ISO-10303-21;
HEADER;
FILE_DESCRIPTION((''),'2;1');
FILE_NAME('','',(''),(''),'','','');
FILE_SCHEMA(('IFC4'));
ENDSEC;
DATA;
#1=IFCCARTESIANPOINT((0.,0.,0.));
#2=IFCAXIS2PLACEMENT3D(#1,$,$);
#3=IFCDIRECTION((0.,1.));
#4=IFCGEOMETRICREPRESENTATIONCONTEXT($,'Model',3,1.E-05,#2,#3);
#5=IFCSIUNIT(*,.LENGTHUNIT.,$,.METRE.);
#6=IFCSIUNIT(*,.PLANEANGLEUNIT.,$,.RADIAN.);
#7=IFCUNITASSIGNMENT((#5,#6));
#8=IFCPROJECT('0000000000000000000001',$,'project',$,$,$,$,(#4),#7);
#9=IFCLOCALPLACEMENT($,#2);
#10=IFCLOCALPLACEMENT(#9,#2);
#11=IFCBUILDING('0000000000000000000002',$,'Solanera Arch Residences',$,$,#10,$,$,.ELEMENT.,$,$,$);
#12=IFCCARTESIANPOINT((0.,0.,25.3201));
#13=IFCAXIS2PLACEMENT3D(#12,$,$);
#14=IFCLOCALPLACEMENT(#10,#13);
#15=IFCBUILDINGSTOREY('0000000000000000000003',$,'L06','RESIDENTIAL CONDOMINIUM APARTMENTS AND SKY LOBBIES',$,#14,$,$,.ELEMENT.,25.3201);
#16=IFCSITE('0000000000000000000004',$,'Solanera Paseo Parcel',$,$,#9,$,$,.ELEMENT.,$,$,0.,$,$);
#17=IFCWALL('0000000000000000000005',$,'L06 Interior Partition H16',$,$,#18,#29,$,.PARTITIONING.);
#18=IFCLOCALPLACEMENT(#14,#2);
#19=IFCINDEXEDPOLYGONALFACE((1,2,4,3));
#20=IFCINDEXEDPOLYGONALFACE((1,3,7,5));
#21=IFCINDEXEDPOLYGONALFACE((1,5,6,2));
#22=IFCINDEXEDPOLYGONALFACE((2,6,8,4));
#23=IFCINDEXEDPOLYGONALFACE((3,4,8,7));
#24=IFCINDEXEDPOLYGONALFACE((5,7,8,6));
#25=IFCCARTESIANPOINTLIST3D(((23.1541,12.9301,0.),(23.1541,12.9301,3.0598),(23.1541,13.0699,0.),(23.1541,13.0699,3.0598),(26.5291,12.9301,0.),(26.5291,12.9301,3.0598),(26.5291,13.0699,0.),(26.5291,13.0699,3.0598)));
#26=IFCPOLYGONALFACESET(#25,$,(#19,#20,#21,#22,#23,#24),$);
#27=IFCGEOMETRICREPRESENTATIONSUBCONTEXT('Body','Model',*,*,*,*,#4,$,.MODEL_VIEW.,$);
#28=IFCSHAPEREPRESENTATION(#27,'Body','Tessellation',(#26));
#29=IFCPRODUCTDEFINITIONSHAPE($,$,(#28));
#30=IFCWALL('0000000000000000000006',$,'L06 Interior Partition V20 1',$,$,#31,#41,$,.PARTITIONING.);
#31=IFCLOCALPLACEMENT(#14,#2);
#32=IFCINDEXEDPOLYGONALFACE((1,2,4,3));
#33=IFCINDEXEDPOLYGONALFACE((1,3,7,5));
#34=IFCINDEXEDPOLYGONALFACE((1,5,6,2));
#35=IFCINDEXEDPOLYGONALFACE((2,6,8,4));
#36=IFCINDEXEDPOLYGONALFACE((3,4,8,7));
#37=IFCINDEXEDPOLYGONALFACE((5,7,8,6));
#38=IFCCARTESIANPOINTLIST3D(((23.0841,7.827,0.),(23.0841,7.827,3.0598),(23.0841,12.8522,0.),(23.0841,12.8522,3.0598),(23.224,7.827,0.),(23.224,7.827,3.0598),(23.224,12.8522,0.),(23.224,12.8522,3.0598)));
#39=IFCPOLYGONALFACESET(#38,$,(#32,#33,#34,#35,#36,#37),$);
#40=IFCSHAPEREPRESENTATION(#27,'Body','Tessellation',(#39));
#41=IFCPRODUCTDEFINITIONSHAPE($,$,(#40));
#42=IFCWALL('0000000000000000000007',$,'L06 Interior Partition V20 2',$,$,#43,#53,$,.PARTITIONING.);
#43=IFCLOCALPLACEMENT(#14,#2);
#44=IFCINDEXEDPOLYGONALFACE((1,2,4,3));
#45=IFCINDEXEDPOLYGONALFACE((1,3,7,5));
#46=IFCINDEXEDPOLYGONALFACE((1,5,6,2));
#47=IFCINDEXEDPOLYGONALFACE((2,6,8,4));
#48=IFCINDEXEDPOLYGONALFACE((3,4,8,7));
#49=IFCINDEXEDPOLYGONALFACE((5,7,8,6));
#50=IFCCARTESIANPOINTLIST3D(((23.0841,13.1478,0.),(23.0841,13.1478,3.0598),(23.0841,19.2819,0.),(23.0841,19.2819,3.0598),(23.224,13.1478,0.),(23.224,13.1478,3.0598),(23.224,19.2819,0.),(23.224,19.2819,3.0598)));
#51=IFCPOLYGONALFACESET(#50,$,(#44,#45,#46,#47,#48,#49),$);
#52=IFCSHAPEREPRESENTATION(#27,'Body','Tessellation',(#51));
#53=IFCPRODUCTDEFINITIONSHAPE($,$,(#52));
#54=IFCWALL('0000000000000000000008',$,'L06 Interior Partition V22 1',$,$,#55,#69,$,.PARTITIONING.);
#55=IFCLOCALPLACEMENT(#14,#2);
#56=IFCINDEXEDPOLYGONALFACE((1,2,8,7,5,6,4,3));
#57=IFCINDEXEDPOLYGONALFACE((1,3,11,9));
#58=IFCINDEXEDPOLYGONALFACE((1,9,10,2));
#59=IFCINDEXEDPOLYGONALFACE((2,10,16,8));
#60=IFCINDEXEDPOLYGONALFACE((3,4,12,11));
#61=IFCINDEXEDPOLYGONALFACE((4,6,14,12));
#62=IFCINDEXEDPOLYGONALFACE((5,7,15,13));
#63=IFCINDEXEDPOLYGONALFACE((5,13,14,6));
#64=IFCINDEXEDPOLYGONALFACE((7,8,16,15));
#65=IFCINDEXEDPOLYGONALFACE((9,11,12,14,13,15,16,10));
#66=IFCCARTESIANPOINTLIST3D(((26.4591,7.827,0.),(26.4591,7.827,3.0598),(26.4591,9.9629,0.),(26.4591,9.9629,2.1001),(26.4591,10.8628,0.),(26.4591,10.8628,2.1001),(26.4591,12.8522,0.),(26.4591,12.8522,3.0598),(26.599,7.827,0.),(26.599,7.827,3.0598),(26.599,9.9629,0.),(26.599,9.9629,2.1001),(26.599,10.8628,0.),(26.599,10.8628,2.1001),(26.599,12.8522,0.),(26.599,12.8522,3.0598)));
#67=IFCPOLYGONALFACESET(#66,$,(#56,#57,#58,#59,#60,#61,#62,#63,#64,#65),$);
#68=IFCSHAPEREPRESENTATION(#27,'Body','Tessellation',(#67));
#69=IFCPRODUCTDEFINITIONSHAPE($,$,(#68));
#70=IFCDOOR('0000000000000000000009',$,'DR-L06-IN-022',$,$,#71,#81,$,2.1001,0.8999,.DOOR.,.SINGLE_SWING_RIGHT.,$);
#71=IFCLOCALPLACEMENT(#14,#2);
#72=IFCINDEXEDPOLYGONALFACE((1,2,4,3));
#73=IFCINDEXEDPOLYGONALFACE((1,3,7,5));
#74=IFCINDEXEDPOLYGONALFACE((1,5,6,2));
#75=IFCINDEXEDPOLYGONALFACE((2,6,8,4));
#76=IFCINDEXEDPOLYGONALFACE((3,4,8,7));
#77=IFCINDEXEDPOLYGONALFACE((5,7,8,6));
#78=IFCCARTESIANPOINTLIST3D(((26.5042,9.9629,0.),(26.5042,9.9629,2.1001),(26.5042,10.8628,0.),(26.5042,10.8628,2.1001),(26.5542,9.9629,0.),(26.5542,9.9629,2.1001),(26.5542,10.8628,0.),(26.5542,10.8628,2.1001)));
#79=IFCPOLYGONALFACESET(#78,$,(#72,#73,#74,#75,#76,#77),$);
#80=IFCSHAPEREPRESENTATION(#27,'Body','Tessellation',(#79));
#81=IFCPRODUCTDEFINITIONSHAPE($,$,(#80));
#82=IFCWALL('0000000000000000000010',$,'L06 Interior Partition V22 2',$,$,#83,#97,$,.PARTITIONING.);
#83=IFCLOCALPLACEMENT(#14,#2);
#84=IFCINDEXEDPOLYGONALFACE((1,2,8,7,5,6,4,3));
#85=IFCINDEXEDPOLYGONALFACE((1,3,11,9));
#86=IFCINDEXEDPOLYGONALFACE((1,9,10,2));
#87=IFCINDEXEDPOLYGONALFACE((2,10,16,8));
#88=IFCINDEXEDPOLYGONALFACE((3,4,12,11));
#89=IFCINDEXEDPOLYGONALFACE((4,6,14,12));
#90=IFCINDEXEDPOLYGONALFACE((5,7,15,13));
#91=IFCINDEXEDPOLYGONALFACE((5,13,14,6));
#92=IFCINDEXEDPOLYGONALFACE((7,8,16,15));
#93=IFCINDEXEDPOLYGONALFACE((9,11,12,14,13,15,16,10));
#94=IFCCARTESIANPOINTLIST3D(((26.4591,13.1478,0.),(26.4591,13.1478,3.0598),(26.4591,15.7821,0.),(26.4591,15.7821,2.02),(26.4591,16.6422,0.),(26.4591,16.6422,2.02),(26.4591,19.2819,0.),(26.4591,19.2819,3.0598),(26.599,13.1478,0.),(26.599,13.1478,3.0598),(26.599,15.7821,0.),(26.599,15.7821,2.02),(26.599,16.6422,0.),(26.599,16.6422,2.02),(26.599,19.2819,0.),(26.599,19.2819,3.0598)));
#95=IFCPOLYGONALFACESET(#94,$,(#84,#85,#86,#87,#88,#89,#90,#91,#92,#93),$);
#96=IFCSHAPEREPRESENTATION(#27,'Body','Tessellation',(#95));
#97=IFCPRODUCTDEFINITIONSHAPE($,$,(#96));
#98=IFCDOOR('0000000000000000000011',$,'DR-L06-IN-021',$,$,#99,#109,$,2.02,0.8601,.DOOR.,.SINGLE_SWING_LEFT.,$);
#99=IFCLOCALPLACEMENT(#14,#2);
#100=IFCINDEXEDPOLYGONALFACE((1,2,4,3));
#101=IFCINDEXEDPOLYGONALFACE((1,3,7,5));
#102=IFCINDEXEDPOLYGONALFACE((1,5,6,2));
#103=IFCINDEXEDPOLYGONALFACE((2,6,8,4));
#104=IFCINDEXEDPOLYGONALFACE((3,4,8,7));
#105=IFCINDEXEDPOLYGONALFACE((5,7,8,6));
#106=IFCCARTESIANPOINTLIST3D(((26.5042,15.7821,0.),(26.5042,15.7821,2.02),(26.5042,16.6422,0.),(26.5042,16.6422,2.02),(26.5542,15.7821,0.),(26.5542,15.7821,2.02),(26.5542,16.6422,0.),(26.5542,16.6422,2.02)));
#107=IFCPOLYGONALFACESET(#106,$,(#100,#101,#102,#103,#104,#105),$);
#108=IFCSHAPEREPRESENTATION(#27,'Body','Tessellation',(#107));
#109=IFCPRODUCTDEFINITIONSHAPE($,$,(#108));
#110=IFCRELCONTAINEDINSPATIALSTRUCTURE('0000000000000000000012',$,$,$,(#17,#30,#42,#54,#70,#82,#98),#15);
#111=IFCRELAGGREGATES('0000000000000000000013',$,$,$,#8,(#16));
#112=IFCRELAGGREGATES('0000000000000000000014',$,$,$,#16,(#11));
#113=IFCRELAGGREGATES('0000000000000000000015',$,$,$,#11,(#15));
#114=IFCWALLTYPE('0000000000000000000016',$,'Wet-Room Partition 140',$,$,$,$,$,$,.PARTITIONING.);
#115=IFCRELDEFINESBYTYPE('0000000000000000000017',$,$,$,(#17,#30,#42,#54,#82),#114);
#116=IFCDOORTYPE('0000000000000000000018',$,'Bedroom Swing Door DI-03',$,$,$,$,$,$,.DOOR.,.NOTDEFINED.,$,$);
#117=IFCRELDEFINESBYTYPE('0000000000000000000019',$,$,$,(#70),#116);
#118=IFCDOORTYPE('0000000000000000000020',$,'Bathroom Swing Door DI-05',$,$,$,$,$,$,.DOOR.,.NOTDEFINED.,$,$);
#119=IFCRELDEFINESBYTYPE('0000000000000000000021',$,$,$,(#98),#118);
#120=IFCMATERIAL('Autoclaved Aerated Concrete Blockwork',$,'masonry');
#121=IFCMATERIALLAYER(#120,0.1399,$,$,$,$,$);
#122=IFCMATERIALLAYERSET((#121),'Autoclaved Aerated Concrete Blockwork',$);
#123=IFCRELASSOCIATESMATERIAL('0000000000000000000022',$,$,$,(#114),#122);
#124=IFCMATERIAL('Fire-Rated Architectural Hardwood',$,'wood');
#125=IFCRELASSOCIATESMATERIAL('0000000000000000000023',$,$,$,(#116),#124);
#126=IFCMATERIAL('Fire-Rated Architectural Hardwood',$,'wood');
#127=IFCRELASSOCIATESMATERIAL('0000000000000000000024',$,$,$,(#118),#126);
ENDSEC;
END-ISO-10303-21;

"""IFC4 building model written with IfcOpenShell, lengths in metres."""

from ifc_helpers import new_model, si_unit, direction, frame, frame_2d, origin, place, context, subcontext, project, spatial, rectangle, extrude, material, layer, layer_set, type_object, element, fill, save


model = new_model("IFC4")

# Units and contexts
model_context = context("Model", 3, precision=1e-05, world=origin(), true_north=direction((0.0, 1.0)))
body_context = subcontext(model_context, "Body", "Model", "MODEL_VIEW")
ifc_project = project(units=[si_unit("LENGTHUNIT", "METRE"), si_unit("PLANEANGLEUNIT", "RADIAN")], contexts=[model_context])

# Site, building, storey
site_placement = place(None, origin())
site = spatial("IfcSite", under=ifc_project, at=site_placement, Name="Solanera Paseo Parcel", CompositionType="ELEMENT", RefElevation=0.0)
building_placement = place(site_placement, origin())
building = spatial("IfcBuilding", under=site, at=building_placement, Name="Solanera Arch Residences", CompositionType="ELEMENT")
storey_placement = place(building_placement, frame((0.0, 0.0, 25.3201)))
storey = spatial("IfcBuildingStorey", under=building, at=storey_placement, Name="L06", Description="RESIDENTIAL CONDOMINIUM APARTMENTS AND SKY LOBBIES", CompositionType="ELEMENT", Elevation=25.3201)

# Walls
ifc_material_1 = material(Name="Autoclaved Aerated Concrete Blockwork", Category="masonry")
ifc_layer_1 = layer(ifc_material_1, 0.1399)
ifc_layer_set_1 = layer_set([ifc_layer_1], Name="Autoclaved Aerated Concrete Blockwork")
wall_type_1 = type_object("IfcWallType", Name="Wet-Room Partition 140", PredefinedType="PARTITIONING", material=ifc_layer_set_1)
wall_1_placement = place(storey_placement, frame((23.1541, 13.0, 0.0), z_axis=(0.0, 0.0, 1.0), x_axis=(1.0, 0.0, 0.0)))
element("IfcWall", 1, at=wall_1_placement, inside=storey, type_object=wall_type_1, Name="L06 Interior Partition H16", PredefinedType="PARTITIONING", context=body_context, shape_type="SweptSolid", body=[
    extrude(rectangle(XDim=3.375, YDim=0.1399, at=frame_2d((1.6875, 0.0))), origin(), (0.0, 0.0, 1.0), 3.0598),
])
wall_2_placement = place(storey_placement, frame((23.1541, 7.8269, 0.0), z_axis=(0.0, 0.0, 1.0), x_axis=(0.0, 1.0, 0.0)))
element("IfcWall", 2, at=wall_2_placement, inside=storey, type_object=wall_type_1, Name="L06 Interior Partition V20 1", PredefinedType="PARTITIONING", context=body_context, shape_type="SweptSolid", body=[
    extrude(rectangle(XDim=5.0251, YDim=0.1399, at=frame_2d((2.5127, 0.0))), origin(), (0.0, 0.0, 1.0), 3.0598),
])
wall_3_placement = place(storey_placement, frame((23.1541, 13.1479, 0.0), z_axis=(0.0, 0.0, 1.0), x_axis=(0.0, 1.0, 0.0)))
element("IfcWall", 3, at=wall_3_placement, inside=storey, type_object=wall_type_1, Name="L06 Interior Partition V20 2", PredefinedType="PARTITIONING", context=body_context, shape_type="SweptSolid", body=[
    extrude(rectangle(XDim=6.134, YDim=0.1399, at=frame_2d((3.0669, 0.0))), origin(), (0.0, 0.0, 1.0), 3.0598),
])

# Walls, openings, doors
wall_4_placement = place(storey_placement, frame((26.5291, 7.8269, 0.0), z_axis=(0.0, 0.0, 1.0), x_axis=(0.0, 1.0, 0.0)))
wall_4 = element("IfcWall", 4, at=wall_4_placement, inside=storey, type_object=wall_type_1, Name="L06 Interior Partition V22 1", PredefinedType="PARTITIONING", context=body_context, shape_type="SweptSolid", body=[
    extrude(rectangle(XDim=5.0251, YDim=0.1399, at=frame_2d((2.5127, 0.0))), origin(), (0.0, 0.0, 1.0), 3.0598),
])
opening_1_placement = place(wall_4_placement, frame((2.136, 0.0, 0.0)))
opening_1 = element("IfcOpeningElement", 5, at=opening_1_placement, cuts=wall_4, PredefinedType="OPENING", context=body_context, shape_type="SweptSolid", body=[
    extrude(rectangle(XDim=0.8999, YDim=2.1001, at=frame_2d((0.45, 1.05))), frame((0.0, 0.0798, 0.0), z_axis=(0.0, -1.0, 0.0), x_axis=(1.0, 0.0, 0.0)), (0.0, 0.0, 1.0), 0.1599),
])
ifc_material_2 = material(Name="Fire-Rated Architectural Hardwood", Category="wood")
door_type_1 = type_object("IfcDoorType", Name="Bedroom Swing Door DI-03", OperationType="NOTDEFINED", PredefinedType="DOOR", material=ifc_material_2)
door_1_placement = place(opening_1_placement, origin())
door_1 = element("IfcDoor", 6, at=door_1_placement, inside=storey, type_object=door_type_1, Name="DR-L06-IN-022", OperationType="SINGLE_SWING_RIGHT", OverallHeight=2.1001, OverallWidth=0.8999, PredefinedType="DOOR", context=body_context, shape_type="SweptSolid", body=[
    extrude(rectangle(XDim=0.8999, YDim=2.1001, at=frame_2d((0.45, 1.05))), frame((0.0, 0.0249, 0.0), z_axis=(0.0, -1.0, 0.0), x_axis=(1.0, 0.0, 0.0)), (0.0, 0.0, 1.0), 0.05),
])
fill(opening_1, door_1)
wall_5_placement = place(storey_placement, frame((26.5291, 13.1479, 0.0), z_axis=(0.0, 0.0, 1.0), x_axis=(0.0, 1.0, 0.0)))
wall_5 = element("IfcWall", 7, at=wall_5_placement, inside=storey, type_object=wall_type_1, Name="L06 Interior Partition V22 2", PredefinedType="PARTITIONING", context=body_context, shape_type="SweptSolid", body=[
    extrude(rectangle(XDim=6.134, YDim=0.1399, at=frame_2d((3.0669, 0.0))), origin(), (0.0, 0.0, 1.0), 3.0598),
])
opening_2_placement = place(wall_5_placement, frame((2.634, 0.0, 0.0)))
opening_2 = element("IfcOpeningElement", 8, at=opening_2_placement, cuts=wall_5, PredefinedType="OPENING", context=body_context, shape_type="SweptSolid", body=[
    extrude(rectangle(XDim=0.8601, YDim=2.02, at=frame_2d((0.4302, 1.01))), frame((0.0, 0.0798, 0.0), z_axis=(0.0, -1.0, 0.0), x_axis=(1.0, 0.0, 0.0)), (0.0, 0.0, 1.0), 0.1599),
])
ifc_material_3 = material(Name="Fire-Rated Architectural Hardwood", Category="wood")
door_type_2 = type_object("IfcDoorType", Name="Bathroom Swing Door DI-05", OperationType="NOTDEFINED", PredefinedType="DOOR", material=ifc_material_3)
door_2_placement = place(opening_2_placement, origin())
door_2 = element("IfcDoor", 9, at=door_2_placement, inside=storey, type_object=door_type_2, Name="DR-L06-IN-021", OperationType="SINGLE_SWING_LEFT", OverallHeight=2.02, OverallWidth=0.8601, PredefinedType="DOOR", context=body_context, shape_type="SweptSolid", body=[
    extrude(rectangle(XDim=0.8601, YDim=2.02, at=frame_2d((0.4302, 1.01))), frame((0.0, 0.0249, 0.0), z_axis=(0.0, -1.0, 0.0), x_axis=(1.0, 0.0, 0.0)), (0.0, 0.0, 1.0), 0.05),
])
fill(opening_2, door_2)

save(model, "model.ifc")
